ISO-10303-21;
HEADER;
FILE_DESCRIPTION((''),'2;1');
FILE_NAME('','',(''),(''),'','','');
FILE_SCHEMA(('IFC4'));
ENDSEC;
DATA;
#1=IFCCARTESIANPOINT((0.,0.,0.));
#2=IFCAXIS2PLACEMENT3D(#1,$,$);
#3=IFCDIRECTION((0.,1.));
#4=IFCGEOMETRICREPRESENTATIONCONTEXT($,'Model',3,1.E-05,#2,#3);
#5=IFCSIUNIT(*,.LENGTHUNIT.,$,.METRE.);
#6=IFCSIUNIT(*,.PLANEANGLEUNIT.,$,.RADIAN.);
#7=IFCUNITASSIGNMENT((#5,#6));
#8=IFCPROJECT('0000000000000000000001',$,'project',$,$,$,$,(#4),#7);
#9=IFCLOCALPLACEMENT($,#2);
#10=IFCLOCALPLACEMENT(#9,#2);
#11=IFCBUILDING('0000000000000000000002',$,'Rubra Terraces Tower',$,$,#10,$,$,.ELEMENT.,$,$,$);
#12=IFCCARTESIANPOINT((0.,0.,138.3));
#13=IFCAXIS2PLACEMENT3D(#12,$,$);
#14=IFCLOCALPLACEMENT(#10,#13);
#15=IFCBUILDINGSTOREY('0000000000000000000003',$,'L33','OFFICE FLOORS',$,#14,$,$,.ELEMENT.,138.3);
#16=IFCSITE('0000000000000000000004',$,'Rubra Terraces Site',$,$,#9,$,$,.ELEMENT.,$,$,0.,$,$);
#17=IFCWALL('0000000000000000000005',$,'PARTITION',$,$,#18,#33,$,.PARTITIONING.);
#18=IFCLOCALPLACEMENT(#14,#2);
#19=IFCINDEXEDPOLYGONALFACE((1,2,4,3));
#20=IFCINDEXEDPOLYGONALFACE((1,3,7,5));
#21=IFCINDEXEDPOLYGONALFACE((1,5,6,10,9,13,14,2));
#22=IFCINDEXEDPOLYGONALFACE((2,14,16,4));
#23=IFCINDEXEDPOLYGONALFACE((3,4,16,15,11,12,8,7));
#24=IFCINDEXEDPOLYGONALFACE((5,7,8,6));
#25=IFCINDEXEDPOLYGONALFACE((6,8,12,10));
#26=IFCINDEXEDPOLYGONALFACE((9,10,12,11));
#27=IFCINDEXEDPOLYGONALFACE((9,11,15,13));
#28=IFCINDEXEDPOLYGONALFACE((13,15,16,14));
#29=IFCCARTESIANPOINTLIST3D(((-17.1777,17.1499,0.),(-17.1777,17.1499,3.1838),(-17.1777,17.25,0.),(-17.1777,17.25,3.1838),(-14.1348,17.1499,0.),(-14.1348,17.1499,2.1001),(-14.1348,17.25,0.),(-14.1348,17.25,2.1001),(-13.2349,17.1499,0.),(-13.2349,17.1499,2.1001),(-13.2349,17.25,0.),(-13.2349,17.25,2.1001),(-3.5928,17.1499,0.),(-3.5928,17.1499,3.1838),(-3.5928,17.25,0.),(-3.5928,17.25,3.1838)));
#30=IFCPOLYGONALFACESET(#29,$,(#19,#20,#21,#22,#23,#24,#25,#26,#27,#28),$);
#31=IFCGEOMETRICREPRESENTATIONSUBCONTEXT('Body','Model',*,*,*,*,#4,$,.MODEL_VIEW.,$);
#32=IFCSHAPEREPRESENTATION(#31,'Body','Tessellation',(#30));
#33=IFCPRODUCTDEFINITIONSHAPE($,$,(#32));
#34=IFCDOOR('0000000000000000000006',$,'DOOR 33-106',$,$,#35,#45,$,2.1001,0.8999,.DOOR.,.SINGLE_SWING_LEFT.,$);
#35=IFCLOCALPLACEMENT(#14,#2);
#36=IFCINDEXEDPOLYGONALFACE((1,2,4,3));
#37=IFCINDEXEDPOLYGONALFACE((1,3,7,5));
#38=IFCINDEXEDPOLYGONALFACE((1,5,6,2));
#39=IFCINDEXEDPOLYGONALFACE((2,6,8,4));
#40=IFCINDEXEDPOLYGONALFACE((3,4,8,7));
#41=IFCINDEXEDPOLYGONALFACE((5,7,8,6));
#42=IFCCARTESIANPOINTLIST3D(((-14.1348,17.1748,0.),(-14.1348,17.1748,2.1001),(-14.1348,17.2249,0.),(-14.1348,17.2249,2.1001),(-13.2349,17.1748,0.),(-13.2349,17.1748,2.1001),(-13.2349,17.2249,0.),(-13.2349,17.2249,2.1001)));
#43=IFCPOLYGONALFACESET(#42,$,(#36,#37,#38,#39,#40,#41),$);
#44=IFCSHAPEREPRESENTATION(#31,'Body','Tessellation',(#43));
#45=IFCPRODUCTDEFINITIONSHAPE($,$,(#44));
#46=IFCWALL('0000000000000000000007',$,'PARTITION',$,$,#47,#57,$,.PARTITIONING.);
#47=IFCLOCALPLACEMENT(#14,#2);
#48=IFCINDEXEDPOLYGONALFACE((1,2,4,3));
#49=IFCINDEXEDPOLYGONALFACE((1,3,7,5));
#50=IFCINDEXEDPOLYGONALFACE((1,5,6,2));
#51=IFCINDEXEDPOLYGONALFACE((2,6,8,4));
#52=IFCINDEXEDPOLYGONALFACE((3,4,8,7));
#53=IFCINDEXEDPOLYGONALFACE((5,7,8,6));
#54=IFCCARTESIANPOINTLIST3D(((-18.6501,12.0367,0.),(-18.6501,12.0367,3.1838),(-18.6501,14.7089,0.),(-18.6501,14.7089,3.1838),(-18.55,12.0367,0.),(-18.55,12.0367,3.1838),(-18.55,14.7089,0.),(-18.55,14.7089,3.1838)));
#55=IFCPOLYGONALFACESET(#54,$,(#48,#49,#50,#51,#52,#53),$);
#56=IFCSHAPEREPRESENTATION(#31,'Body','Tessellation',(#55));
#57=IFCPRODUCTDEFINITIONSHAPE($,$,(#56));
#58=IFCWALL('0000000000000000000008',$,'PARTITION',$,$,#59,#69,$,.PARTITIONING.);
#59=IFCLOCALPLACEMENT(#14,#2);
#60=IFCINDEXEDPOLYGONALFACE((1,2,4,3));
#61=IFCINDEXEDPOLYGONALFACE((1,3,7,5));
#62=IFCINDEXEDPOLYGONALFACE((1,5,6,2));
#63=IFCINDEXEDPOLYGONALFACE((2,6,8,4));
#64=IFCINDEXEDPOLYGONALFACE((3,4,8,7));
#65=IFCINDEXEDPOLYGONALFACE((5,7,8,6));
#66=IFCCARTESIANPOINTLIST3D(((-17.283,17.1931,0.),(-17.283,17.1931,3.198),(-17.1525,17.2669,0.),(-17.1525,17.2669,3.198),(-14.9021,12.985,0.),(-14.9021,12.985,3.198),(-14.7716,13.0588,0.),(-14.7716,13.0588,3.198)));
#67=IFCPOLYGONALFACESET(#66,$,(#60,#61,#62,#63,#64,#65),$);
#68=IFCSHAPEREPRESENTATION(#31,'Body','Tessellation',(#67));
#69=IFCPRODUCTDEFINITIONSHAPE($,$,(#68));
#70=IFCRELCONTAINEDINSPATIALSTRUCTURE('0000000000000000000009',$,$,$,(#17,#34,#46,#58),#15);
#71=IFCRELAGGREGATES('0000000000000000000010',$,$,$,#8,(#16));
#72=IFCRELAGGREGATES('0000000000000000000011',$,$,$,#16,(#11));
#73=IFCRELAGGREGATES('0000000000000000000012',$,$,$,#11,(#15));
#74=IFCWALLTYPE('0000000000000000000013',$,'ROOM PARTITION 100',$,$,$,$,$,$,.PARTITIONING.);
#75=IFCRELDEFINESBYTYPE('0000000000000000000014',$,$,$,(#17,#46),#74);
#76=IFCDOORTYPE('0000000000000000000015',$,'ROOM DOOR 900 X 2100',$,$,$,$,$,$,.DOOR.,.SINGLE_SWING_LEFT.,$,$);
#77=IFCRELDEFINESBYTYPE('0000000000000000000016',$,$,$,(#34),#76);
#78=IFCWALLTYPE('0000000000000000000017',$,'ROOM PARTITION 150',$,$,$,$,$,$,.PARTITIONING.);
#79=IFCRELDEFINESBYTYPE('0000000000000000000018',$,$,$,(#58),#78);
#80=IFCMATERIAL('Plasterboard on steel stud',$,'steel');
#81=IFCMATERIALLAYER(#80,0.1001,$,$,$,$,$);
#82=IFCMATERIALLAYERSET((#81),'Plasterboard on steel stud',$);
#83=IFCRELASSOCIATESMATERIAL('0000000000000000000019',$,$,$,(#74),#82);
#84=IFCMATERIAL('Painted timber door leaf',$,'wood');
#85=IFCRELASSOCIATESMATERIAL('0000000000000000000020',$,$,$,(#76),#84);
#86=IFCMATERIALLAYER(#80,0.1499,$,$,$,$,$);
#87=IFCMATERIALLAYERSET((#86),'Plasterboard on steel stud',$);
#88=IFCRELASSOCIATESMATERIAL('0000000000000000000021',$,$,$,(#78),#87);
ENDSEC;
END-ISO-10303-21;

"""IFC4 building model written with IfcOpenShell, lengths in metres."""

from ifc_helpers import new_model, si_unit, direction, frame, frame_2d, origin, place, context, subcontext, project, spatial, rectangle, extrude, material, layer, layer_set, type_object, element, fill, save


model = new_model("IFC4")

# Units and contexts
model_context = context("Model", 3, precision=1e-05, world=origin(), true_north=direction((0.0, 1.0)))
body_context = subcontext(model_context, "Body", "Model", "MODEL_VIEW")
ifc_project = project(units=[si_unit("LENGTHUNIT", "METRE"), si_unit("PLANEANGLEUNIT", "RADIAN")], contexts=[model_context])

# Site, building, storey
site_placement = place(None, origin())
site = spatial("IfcSite", under=ifc_project, at=site_placement, Name="Rubra Terraces Site", CompositionType="ELEMENT", RefElevation=0.0)
building_placement = place(site_placement, origin())
building = spatial("IfcBuilding", under=site, at=building_placement, Name="Rubra Terraces Tower", CompositionType="ELEMENT")
storey_placement = place(building_placement, frame((0.0, 0.0, 138.3)))
storey = spatial("IfcBuildingStorey", under=building, at=storey_placement, Name="L33", Description="OFFICE FLOORS", CompositionType="ELEMENT", Elevation=138.3)

# Shared definitions
ifc_material_1 = material(Name="Painted timber door leaf", Category="wood")

# Wall, opening, door
ifc_material_2 = material(Name="Plasterboard on steel stud", Category="steel")
ifc_layer_1 = layer(ifc_material_2, 0.1001)
ifc_layer_set_1 = layer_set([ifc_layer_1], Name="Plasterboard on steel stud")
wall_type_1 = type_object("IfcWallType", Name="ROOM PARTITION 100", PredefinedType="PARTITIONING", material=ifc_layer_set_1)
wall_1_placement = place(storey_placement, frame((-17.1777, 17.2, 0.0), z_axis=(0.0, 0.0, 1.0), x_axis=(1.0, 0.0, 0.0)))
wall_1 = element("IfcWall", 1, at=wall_1_placement, inside=storey, type_object=wall_type_1, Name="PARTITION", PredefinedType="PARTITIONING", context=body_context, shape_type="SweptSolid", body=[
    extrude(rectangle(XDim=13.585, YDim=0.1001, at=frame_2d((6.7925, 0.0))), origin(), (0.0, 0.0, 1.0), 3.1838),
])
opening_1_placement = place(wall_1_placement, frame((3.043, 0.0, 0.0)))
opening_1 = element("IfcOpeningElement", 2, at=opening_1_placement, cuts=wall_1, PredefinedType="OPENING", context=body_context, shape_type="SweptSolid", body=[
    extrude(rectangle(XDim=0.8999, YDim=2.1001, at=frame_2d((0.45, 1.05))), frame((0.0, 0.0601, 0.0), z_axis=(0.0, -1.0, 0.0), x_axis=(1.0, 0.0, 0.0)), (0.0, 0.0, 1.0), 0.1201),
])
door_type_1 = type_object("IfcDoorType", Name="ROOM DOOR 900 X 2100", OperationType="SINGLE_SWING_LEFT", PredefinedType="DOOR", material=ifc_material_1)
door_1_placement = place(opening_1_placement, origin())
door_1 = element("IfcDoor", 3, at=door_1_placement, inside=storey, type_object=door_type_1, Name="DOOR 33-106", OperationType="SINGLE_SWING_LEFT", OverallHeight=2.1001, OverallWidth=0.8999, PredefinedType="DOOR", context=body_context, shape_type="SweptSolid", body=[
    extrude(rectangle(XDim=0.8999, YDim=2.1001, at=frame_2d((0.45, 1.05))), frame((0.0, 0.0249, 0.0), z_axis=(0.0, -1.0, 0.0), x_axis=(1.0, 0.0, 0.0)), (0.0, 0.0, 1.0), 0.05),
])
fill(opening_1, door_1)

# Walls
wall_2_placement = place(storey_placement, frame((-18.6001, 12.0369, 0.0), z_axis=(0.0, 0.0, 1.0), x_axis=(0.0, 1.0, 0.0)))
element("IfcWall", 4, at=wall_2_placement, inside=storey, type_object=wall_type_1, Name="PARTITION", PredefinedType="PARTITIONING", context=body_context, shape_type="SweptSolid", body=[
    extrude(rectangle(XDim=2.6721, YDim=0.1001, at=frame_2d((1.3359, 0.0))), origin(), (0.0, 0.0, 1.0), 3.1838),
])
ifc_layer_2 = layer(ifc_material_2, 0.1499)
ifc_layer_set_2 = layer_set([ifc_layer_2], Name="Plasterboard on steel stud")
wall_type_2 = type_object("IfcWallType", Name="ROOM PARTITION 150", PredefinedType="PARTITIONING", material=ifc_layer_set_2)
wall_3_placement = place(storey_placement, frame((-17.2178, 17.23, 0.0), z_axis=(0.0, 0.0, 1.0), x_axis=(0.492437, -0.870348, 0.0)))
element("IfcWall", 5, at=wall_3_placement, inside=storey, type_object=wall_type_2, Name="PARTITION", PredefinedType="PARTITIONING", context=body_context, shape_type="SweptSolid", body=[
    extrude(rectangle(XDim=4.835, YDim=0.1499, at=frame_2d((2.4175, 0.0))), origin(), (0.0, 0.0, 1.0), 3.198),
])

save(model, "model.ifc")
